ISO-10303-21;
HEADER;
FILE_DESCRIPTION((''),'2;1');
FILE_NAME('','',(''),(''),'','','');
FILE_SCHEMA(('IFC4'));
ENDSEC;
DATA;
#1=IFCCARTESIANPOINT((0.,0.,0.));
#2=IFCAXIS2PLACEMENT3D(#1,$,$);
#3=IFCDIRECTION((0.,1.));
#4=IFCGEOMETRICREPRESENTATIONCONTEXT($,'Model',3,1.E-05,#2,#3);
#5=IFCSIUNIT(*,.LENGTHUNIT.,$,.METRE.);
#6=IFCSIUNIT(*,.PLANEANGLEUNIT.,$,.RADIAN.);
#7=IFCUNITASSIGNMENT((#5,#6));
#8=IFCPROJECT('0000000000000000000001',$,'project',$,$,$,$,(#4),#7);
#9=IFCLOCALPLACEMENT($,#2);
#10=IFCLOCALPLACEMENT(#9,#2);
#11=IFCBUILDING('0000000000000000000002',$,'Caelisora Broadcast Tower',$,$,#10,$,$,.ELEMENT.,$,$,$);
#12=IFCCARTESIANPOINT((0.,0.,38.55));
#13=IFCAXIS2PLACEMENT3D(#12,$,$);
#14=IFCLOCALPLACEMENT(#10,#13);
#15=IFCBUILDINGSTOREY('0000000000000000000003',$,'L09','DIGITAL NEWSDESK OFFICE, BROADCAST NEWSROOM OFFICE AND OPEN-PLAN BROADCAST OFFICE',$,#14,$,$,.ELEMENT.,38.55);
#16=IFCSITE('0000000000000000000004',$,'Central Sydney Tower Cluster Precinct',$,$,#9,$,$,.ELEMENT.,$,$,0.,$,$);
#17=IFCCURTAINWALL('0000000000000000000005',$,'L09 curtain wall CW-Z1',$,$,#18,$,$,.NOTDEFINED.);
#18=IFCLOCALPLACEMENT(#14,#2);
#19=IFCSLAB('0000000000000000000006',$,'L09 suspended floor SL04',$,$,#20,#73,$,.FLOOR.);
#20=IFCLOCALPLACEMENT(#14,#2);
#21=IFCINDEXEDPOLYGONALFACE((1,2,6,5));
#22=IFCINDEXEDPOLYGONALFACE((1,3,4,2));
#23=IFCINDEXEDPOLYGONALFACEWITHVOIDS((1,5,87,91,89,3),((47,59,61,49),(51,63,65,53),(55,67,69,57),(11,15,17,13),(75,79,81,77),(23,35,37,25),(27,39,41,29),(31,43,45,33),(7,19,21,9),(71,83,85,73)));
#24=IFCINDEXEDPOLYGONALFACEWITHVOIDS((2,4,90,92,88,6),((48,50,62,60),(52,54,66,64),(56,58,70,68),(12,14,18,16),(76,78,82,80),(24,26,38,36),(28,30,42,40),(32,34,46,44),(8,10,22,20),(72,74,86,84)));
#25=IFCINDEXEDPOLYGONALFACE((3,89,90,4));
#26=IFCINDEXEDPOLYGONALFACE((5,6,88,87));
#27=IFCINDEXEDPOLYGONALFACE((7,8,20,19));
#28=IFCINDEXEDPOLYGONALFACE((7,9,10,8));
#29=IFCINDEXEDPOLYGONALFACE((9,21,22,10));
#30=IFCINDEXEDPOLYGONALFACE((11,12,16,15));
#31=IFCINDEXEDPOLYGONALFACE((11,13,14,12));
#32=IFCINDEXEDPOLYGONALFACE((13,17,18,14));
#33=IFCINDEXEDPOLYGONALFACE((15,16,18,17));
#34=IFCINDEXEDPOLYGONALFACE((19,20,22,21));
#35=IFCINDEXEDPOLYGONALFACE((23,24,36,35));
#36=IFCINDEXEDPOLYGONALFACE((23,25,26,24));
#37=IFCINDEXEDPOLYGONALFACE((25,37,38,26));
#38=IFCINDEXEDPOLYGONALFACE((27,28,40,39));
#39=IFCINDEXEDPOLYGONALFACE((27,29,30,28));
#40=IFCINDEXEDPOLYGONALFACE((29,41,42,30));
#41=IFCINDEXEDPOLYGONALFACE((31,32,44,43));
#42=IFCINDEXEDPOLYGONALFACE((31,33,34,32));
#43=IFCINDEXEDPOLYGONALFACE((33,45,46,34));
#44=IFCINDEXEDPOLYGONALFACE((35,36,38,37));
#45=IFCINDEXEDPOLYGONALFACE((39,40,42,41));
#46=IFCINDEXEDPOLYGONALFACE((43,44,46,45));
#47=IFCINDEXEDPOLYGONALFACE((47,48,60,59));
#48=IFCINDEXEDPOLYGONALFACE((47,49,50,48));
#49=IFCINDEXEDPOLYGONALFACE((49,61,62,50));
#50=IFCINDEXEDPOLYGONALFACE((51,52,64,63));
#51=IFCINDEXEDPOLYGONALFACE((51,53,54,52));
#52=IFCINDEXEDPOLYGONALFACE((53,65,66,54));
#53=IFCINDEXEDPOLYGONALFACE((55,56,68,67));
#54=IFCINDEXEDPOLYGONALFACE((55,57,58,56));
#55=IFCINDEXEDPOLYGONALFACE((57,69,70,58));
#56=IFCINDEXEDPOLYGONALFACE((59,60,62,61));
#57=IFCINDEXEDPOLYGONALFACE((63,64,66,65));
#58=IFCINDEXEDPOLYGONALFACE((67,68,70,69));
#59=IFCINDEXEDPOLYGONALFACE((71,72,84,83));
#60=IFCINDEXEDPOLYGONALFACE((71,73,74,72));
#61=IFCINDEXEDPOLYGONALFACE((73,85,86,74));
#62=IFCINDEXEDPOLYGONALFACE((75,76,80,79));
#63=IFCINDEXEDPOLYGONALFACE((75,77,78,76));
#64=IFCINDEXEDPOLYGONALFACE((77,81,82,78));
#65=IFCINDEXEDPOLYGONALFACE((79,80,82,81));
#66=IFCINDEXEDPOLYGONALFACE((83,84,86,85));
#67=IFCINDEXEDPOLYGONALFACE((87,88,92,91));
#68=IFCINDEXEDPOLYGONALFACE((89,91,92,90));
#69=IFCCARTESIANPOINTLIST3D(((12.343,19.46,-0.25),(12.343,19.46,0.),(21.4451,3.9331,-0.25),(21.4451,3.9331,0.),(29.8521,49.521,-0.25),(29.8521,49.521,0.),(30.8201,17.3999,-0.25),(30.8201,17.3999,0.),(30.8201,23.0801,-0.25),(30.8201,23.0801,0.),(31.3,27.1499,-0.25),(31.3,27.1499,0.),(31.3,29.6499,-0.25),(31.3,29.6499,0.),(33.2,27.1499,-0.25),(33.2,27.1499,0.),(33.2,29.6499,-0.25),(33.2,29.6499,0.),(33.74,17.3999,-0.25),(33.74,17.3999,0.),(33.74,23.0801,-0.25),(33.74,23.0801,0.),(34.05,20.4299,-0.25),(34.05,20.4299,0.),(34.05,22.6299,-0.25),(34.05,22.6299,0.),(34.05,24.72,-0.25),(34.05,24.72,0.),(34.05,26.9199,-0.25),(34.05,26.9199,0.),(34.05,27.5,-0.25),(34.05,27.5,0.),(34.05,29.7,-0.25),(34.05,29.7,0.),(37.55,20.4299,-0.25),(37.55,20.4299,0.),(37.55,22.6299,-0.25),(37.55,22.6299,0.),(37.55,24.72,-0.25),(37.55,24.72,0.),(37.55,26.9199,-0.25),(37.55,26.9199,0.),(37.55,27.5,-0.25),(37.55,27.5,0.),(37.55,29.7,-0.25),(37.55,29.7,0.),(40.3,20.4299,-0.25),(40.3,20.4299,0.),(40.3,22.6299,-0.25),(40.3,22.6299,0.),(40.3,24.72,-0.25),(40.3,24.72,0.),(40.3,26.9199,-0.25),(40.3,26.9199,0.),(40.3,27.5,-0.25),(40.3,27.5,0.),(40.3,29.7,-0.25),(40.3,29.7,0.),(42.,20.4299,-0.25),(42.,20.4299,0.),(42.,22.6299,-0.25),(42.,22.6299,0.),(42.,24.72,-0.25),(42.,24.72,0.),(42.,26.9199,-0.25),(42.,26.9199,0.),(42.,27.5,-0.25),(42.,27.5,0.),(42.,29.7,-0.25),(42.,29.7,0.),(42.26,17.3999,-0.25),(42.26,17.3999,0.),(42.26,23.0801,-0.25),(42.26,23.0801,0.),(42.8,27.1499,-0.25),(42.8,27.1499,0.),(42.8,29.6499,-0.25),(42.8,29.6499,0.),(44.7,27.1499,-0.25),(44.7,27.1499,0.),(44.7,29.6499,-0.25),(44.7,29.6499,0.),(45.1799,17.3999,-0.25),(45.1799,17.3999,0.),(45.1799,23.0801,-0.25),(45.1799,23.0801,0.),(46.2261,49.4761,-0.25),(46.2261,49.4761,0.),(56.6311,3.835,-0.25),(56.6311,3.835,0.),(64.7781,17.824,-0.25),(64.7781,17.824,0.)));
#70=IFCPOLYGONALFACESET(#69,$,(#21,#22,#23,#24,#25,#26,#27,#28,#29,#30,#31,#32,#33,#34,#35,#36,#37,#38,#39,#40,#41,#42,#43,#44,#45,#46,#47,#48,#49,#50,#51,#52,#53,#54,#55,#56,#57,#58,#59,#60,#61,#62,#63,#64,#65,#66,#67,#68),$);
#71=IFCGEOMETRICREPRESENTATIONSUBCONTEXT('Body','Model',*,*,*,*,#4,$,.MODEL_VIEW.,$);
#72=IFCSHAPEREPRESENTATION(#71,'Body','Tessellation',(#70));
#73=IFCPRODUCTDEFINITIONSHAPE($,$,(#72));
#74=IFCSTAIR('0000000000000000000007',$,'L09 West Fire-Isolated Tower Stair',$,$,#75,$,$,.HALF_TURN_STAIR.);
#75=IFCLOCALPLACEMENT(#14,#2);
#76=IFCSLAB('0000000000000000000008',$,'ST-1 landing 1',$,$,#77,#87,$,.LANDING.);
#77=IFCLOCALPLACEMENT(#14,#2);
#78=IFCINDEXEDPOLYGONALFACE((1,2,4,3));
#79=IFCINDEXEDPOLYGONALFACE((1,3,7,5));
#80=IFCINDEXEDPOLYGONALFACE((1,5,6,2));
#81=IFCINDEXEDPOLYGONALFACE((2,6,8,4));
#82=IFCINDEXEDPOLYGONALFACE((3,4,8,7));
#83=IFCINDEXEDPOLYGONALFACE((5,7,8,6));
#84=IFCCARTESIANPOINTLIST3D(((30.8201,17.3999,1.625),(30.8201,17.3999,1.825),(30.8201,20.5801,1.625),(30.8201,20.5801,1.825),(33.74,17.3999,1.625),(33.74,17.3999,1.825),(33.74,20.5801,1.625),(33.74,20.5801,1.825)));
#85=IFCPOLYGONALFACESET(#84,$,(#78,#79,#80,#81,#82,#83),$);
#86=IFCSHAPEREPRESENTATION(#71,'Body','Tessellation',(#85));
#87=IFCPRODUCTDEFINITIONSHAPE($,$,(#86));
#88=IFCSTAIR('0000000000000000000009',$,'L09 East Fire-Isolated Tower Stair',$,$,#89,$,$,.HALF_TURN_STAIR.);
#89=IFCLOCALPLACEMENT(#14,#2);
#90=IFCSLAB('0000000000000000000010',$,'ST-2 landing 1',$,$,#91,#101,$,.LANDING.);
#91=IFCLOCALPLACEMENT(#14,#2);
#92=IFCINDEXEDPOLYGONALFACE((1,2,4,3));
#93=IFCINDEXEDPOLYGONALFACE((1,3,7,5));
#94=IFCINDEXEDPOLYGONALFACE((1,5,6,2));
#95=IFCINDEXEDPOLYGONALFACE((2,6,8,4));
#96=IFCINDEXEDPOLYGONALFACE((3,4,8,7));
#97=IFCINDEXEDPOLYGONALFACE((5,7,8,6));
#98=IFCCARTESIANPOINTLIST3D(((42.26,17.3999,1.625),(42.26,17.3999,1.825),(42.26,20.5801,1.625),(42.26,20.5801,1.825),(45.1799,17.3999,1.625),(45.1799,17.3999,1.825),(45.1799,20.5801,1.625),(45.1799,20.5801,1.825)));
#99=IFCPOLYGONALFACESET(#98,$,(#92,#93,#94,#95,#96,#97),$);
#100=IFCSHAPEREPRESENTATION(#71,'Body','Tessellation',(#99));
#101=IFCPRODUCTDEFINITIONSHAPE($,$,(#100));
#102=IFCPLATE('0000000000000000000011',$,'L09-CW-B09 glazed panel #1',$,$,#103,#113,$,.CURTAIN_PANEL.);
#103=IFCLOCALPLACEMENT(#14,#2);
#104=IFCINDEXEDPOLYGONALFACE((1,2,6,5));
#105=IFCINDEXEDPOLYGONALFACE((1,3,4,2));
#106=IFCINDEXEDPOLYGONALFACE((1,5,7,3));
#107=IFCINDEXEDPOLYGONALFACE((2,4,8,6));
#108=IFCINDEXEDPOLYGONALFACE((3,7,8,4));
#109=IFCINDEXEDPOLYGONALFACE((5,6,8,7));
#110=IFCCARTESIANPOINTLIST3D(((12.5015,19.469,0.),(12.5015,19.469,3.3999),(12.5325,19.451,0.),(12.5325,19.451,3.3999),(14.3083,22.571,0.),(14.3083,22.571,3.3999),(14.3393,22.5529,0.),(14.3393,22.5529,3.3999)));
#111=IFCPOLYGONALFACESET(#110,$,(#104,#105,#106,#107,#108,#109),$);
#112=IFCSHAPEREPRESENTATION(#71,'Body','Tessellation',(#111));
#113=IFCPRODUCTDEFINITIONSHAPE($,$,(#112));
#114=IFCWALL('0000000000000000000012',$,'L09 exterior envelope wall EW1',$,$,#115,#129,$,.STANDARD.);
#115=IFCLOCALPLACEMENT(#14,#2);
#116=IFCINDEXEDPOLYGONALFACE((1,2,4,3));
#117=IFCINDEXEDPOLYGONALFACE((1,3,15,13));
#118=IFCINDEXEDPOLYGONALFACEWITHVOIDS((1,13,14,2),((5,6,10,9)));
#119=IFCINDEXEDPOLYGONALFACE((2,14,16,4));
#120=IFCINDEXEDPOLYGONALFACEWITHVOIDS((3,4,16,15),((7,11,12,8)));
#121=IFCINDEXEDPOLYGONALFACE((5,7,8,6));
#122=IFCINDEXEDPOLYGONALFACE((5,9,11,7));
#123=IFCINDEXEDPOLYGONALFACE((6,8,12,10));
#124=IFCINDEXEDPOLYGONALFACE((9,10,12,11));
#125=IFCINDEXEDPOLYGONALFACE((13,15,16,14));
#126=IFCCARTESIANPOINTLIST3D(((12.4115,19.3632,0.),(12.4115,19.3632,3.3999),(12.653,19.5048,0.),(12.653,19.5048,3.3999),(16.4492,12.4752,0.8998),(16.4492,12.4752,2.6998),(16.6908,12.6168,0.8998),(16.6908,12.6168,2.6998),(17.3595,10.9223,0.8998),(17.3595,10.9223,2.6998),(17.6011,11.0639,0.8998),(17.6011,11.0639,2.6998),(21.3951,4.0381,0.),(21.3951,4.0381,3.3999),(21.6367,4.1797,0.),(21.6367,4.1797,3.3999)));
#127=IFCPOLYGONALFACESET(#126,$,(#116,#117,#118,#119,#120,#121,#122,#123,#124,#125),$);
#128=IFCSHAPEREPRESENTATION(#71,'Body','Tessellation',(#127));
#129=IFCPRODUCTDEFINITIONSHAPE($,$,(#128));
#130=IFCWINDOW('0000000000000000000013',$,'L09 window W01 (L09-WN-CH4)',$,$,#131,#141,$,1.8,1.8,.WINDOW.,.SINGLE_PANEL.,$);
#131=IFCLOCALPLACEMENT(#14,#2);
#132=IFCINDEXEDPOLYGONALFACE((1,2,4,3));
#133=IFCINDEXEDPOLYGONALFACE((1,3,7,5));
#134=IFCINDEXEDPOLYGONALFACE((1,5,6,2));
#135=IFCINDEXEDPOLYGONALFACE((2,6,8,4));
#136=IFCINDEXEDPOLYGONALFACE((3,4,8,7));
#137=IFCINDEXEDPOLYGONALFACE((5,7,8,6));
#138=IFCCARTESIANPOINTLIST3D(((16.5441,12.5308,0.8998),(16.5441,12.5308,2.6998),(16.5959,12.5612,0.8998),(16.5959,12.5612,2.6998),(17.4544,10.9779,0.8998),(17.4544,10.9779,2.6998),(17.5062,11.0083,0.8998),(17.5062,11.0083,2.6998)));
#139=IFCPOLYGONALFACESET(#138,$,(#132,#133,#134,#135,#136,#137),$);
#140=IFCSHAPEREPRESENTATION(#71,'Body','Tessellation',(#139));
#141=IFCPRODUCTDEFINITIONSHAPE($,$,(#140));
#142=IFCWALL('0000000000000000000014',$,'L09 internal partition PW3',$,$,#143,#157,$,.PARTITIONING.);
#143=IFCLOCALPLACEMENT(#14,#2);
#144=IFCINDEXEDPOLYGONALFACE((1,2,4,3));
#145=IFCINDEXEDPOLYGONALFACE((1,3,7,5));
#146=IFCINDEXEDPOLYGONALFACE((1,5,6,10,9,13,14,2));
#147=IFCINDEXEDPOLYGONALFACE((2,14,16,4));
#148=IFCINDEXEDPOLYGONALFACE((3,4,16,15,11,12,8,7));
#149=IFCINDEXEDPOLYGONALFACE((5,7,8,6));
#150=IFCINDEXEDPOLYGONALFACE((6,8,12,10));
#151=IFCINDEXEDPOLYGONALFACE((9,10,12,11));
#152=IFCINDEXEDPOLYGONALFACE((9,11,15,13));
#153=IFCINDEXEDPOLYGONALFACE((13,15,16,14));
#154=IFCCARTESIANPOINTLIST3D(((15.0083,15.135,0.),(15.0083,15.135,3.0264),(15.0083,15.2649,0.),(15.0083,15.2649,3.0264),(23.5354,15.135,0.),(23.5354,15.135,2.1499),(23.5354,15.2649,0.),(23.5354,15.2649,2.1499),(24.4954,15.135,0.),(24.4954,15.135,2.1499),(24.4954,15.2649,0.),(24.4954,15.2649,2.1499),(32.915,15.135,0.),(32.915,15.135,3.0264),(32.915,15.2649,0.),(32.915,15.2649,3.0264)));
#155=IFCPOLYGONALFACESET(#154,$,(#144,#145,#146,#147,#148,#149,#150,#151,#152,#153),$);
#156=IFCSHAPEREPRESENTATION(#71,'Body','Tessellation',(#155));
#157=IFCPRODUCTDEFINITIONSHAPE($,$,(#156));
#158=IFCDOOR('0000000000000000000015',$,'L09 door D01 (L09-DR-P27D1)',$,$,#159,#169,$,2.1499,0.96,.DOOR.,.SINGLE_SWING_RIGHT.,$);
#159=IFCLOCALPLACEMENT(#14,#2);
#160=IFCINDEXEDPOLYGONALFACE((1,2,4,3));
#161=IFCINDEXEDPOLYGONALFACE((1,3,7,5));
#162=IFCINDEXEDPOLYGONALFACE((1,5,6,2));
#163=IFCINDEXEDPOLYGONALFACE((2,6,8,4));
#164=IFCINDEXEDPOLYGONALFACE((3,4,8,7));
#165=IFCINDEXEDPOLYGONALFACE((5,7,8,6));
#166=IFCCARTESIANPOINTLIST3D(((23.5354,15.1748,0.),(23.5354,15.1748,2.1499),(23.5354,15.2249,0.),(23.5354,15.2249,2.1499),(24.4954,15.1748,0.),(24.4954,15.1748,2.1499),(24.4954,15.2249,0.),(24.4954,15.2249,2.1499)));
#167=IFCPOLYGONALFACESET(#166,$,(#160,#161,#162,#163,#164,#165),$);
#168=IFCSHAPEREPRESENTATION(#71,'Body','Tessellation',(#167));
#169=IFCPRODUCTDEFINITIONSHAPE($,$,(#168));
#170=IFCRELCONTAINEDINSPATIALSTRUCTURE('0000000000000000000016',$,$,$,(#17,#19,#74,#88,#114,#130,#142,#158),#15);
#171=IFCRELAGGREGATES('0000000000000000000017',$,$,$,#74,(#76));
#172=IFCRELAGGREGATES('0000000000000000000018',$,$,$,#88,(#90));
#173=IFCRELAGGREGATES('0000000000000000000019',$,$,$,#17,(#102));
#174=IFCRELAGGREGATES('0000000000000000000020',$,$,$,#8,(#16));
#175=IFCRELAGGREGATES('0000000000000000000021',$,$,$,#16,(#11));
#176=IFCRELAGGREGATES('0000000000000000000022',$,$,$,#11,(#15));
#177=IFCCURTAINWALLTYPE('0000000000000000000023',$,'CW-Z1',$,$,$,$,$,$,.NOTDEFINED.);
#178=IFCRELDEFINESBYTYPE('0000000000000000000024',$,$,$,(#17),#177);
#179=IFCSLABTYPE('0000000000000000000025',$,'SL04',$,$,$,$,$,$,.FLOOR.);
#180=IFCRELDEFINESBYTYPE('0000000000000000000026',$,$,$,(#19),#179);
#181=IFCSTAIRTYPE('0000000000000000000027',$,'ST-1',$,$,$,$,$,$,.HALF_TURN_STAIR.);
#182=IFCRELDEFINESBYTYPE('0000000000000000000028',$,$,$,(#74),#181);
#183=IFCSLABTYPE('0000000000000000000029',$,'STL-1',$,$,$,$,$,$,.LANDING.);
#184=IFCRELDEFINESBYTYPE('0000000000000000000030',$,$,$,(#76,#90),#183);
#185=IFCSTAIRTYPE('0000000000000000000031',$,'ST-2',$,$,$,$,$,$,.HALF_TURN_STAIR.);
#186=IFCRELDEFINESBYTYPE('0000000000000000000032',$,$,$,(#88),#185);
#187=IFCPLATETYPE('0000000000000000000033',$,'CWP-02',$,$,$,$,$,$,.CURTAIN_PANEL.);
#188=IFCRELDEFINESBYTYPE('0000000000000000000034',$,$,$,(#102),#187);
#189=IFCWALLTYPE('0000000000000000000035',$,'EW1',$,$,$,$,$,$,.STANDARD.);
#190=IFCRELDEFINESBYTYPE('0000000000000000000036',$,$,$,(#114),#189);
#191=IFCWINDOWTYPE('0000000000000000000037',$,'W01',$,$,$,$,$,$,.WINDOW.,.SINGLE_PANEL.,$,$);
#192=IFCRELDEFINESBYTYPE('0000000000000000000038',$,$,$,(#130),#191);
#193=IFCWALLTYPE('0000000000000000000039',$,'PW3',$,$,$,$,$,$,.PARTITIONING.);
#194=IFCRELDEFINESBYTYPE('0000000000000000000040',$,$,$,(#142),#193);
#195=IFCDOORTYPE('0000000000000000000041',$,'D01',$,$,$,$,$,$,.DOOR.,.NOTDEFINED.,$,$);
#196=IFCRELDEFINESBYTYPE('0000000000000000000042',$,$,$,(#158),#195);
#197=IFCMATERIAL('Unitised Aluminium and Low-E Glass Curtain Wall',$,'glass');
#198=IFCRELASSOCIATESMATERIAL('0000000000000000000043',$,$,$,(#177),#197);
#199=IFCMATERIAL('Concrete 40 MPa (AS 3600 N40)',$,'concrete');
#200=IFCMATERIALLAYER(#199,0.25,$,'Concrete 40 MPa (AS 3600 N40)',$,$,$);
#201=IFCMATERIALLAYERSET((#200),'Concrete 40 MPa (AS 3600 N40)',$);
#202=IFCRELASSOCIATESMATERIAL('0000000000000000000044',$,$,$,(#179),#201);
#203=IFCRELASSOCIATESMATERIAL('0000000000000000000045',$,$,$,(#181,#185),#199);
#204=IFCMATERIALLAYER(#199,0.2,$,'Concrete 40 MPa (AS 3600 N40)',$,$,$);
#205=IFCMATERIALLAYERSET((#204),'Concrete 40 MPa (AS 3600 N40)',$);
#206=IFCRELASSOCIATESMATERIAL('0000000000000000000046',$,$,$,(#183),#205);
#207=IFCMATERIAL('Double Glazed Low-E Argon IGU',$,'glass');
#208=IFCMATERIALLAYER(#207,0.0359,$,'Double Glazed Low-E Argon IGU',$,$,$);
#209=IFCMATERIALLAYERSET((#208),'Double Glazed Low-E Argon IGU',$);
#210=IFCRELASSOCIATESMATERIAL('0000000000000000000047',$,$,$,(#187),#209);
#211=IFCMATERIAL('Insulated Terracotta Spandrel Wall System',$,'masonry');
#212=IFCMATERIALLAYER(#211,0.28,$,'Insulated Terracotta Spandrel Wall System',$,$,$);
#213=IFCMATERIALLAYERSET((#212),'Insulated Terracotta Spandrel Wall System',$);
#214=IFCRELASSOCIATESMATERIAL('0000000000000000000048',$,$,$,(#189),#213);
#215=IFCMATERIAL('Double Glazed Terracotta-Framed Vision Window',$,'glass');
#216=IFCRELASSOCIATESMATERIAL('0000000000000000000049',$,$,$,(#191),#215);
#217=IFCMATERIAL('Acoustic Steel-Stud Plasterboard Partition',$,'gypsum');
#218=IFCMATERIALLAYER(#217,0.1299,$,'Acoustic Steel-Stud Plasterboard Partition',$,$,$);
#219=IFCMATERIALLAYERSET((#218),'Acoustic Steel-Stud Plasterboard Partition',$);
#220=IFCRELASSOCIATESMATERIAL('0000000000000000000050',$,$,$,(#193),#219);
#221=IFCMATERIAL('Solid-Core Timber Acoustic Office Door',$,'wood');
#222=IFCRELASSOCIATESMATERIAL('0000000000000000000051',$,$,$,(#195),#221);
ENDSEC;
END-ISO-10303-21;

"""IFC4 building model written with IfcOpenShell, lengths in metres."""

from ifc_helpers import new_model, si_unit, direction, frame, frame_2d, origin, origin_2d, place, context, subcontext, project, spatial, polyline, rectangle, outline, extrude, source, transform, mapped, material, layer, layer_set, type_object, type_shapes, element, fill, aggregate, save


model = new_model("IFC4")

# Units and contexts
model_context = context("Model", 3, precision=1e-05, world=origin(), true_north=direction((0.0, 1.0)))
body_context = subcontext(model_context, "Body", "Model", "MODEL_VIEW")
ifc_project = project(units=[si_unit("LENGTHUNIT", "METRE"), si_unit("PLANEANGLEUNIT", "RADIAN")], contexts=[model_context])

# Site, building, storey
site_placement = place(None, origin())
site = spatial("IfcSite", under=ifc_project, at=site_placement, Name="Central Sydney Tower Cluster Precinct", CompositionType="ELEMENT", RefElevation=0.0)
building_placement = place(site_placement, origin())
building = spatial("IfcBuilding", under=site, at=building_placement, Name="Caelisora Broadcast Tower", CompositionType="ELEMENT")
storey_placement = place(building_placement, frame((0.0, 0.0, 38.55)))
storey = spatial("IfcBuildingStorey", under=building, at=storey_placement, Name="L09", Description="DIGITAL NEWSDESK OFFICE, BROADCAST NEWSROOM OFFICE AND OPEN-PLAN BROADCAST OFFICE", CompositionType="ELEMENT", Elevation=38.55)

# Curtain wall
ifc_material_1 = material(Name="Unitised Aluminium and Low-E Glass Curtain Wall", Category="glass")
curtain_wall_type = type_object("IfcCurtainWallType", Name="CW-Z1", PredefinedType="NOTDEFINED", material=ifc_material_1)
curtain_wall_placement = place(storey_placement, origin())
curtain_wall = element("IfcCurtainWall", 1, at=curtain_wall_placement, inside=storey, type_object=curtain_wall_type, Name="L09 curtain wall CW-Z1", PredefinedType="NOTDEFINED")

# Slab
ifc_material_2 = material(Name="Concrete 40 MPa (AS 3600 N40)", Category="concrete")
ifc_layer_1 = layer(ifc_material_2, 0.25, Name="Concrete 40 MPa (AS 3600 N40)")
ifc_layer_set_1 = layer_set([ifc_layer_1], Name="Concrete 40 MPa (AS 3600 N40)")
slab_type_1 = type_object("IfcSlabType", Name="SL04", PredefinedType="FLOOR", material=ifc_layer_set_1)
slab_1_placement = place(storey_placement, frame((0.0, 0.0, -0.25)))
element("IfcSlab", 2, at=slab_1_placement, inside=storey, type_object=slab_type_1, Name="L09 suspended floor SL04", PredefinedType="FLOOR", context=body_context, shape_type="SweptSolid", body=[
    extrude(outline(polyline([(46.2261, 49.4761), (29.8521, 49.521), (12.343, 19.46), (21.4451, 3.9331), (56.6311, 3.835), (64.7781, 17.824), (46.2261, 49.4761)]), holes=[polyline([(30.8201, 17.3999), (33.74, 17.3999), (33.74, 23.0801), (30.8201, 23.0801), (30.8201, 17.3999)]), polyline([(42.26, 17.3999), (45.1799, 17.3999), (45.1799, 23.0801), (42.26, 23.0801), (42.26, 17.3999)]), polyline([(42.8, 27.1499), (44.7, 27.1499), (44.7, 29.6499), (42.8, 29.6499), (42.8, 27.1499)]), polyline([(40.3, 20.4299), (42.0, 20.4299), (42.0, 22.6299), (40.3, 22.6299), (40.3, 20.4299)]), polyline([(40.3, 24.72), (42.0, 24.72), (42.0, 26.9199), (40.3, 26.9199), (40.3, 24.72)]), polyline([(40.3, 27.5), (42.0, 27.5), (42.0, 29.7), (40.3, 29.7), (40.3, 27.5)]), polyline([(34.05, 20.4299), (37.55, 20.4299), (37.55, 22.6299), (34.05, 22.6299), (34.05, 20.4299)]), polyline([(34.05, 24.72), (37.55, 24.72), (37.55, 26.9199), (34.05, 26.9199), (34.05, 24.72)]), polyline([(34.05, 27.5), (37.55, 27.5), (37.55, 29.7), (34.05, 29.7), (34.05, 27.5)]), polyline([(31.3, 27.1499), (33.2, 27.1499), (33.2, 29.6499), (31.3, 29.6499), (31.3, 27.1499)])]), origin(), (0.0, 0.0, 1.0), 0.25),
])

# Stairs, slabs
stair_type_1 = type_object("IfcStairType", Name="ST-1", PredefinedType="HALF_TURN_STAIR", material=ifc_material_2)
stair_1_placement = place(storey_placement, origin())
stair_1 = element("IfcStair", 3, at=stair_1_placement, inside=storey, type_object=stair_type_1, Name="L09 West Fire-Isolated Tower Stair", PredefinedType="HALF_TURN_STAIR")
ifc_layer_2 = layer(ifc_material_2, 0.2, Name="Concrete 40 MPa (AS 3600 N40)")
ifc_layer_set_2 = layer_set([ifc_layer_2], Name="Concrete 40 MPa (AS 3600 N40)")
slab_type_2 = type_object("IfcSlabType", Name="STL-1", PredefinedType="LANDING", material=ifc_layer_set_2)
slab_2_placement = place(storey_placement, frame((0.0, 0.0, 1.625)))
slab_2 = element("IfcSlab", 4, at=slab_2_placement, type_object=slab_type_2, Name="ST-1 landing 1", PredefinedType="LANDING", context=body_context, shape_type="SweptSolid", body=[
    extrude(outline(polyline([(30.8201, 20.5801), (30.8201, 17.3999), (33.74, 17.3999), (33.74, 20.5801), (30.8201, 20.5801)])), origin(), (0.0, 0.0, 1.0), 0.2),
])
aggregate(stair_1, [slab_2])
stair_type_2 = type_object("IfcStairType", Name="ST-2", PredefinedType="HALF_TURN_STAIR", material=ifc_material_2)
stair_2_placement = place(storey_placement, origin())
stair_2 = element("IfcStair", 5, at=stair_2_placement, inside=storey, type_object=stair_type_2, Name="L09 East Fire-Isolated Tower Stair", PredefinedType="HALF_TURN_STAIR")
slab_3_placement = place(storey_placement, frame((0.0, 0.0, 1.625)))
slab_3 = element("IfcSlab", 6, at=slab_3_placement, type_object=slab_type_2, Name="ST-2 landing 1", PredefinedType="LANDING", context=body_context, shape_type="SweptSolid", body=[
    extrude(outline(polyline([(42.26, 20.5801), (42.26, 17.3999), (45.1799, 17.3999), (45.1799, 20.5801), (42.26, 20.5801)])), origin(), (0.0, 0.0, 1.0), 0.2),
])
aggregate(stair_2, [slab_3])

# Plate
ifc_material_3 = material(Name="Double Glazed Low-E Argon IGU", Category="glass")
ifc_layer_3 = layer(ifc_material_3, 0.0359, Name="Double Glazed Low-E Argon IGU")
ifc_layer_set_3 = layer_set([ifc_layer_3], Name="Double Glazed Low-E Argon IGU")
plate_type = type_object("IfcPlateType", Name="CWP-02", PredefinedType="CURTAIN_PANEL", material=ifc_layer_set_3)
shared_shape_1 = source(origin(), body_context, "Body", "SweptSolid", [
    extrude(rectangle(XDim=3.5898, YDim=0.0359, at=origin_2d()), origin(), (0.0, 0.0, 1.0), 3.3999),
])
type_shapes(plate_type, [shared_shape_1])
plate_placement = place(storey_placement, frame((13.4204, 21.011, 0.0), z_axis=(0.0, 0.0, 1.0), x_axis=(0.503322, 0.864099, 0.0)))
plate = element("IfcPlate", 7, at=plate_placement, type_object=plate_type, Name="L09-CW-B09 glazed panel #1", PredefinedType="CURTAIN_PANEL", context=body_context, shape_type="MappedRepresentation", body=[
    mapped(shared_shape_1, transform((0.0, 0.0, 0.0), scale=1.0)),
])
aggregate(curtain_wall, [plate])

# Wall, opening, window
ifc_material_4 = material(Name="Insulated Terracotta Spandrel Wall System", Category="masonry")
ifc_layer_4 = layer(ifc_material_4, 0.28, Name="Insulated Terracotta Spandrel Wall System")
ifc_layer_set_4 = layer_set([ifc_layer_4], Name="Insulated Terracotta Spandrel Wall System")
wall_type_1 = type_object("IfcWallType", Name="EW1", PredefinedType="STANDARD", material=ifc_layer_set_4)
wall_1_placement = place(storey_placement, frame((21.5159, 4.1089, 0.0), z_axis=(0.0, 0.0, 1.0), x_axis=(-0.505716, 0.8627, 0.0)))
wall_1 = element("IfcWall", 8, at=wall_1_placement, inside=storey, type_object=wall_type_1, Name="L09 exterior envelope wall EW1", PredefinedType="STANDARD", context=body_context, shape_type="SweptSolid", body=[
    extrude(rectangle(XDim=17.7642, YDim=0.28, at=frame_2d((8.8821, 0.0))), origin(), (0.0, 0.0, 1.0), 3.3999),
])
opening_1_placement = place(wall_1_placement, frame((7.98, 0.0, 0.8999)))
opening_1 = element("IfcOpeningElement", 9, at=opening_1_placement, cuts=wall_1, PredefinedType="OPENING", context=body_context, shape_type="SweptSolid", body=[
    extrude(rectangle(XDim=1.8, YDim=1.8, at=frame_2d((0.8999, 0.8999))), frame((0.0, 0.1521, 0.0), z_axis=(0.0, -1.0, 0.0), x_axis=(1.0, 0.0, 0.0)), (0.0, 0.0, 1.0), 0.304),
])
ifc_material_5 = material(Name="Double Glazed Terracotta-Framed Vision Window", Category="glass")
window_type = type_object("IfcWindowType", Name="W01", PartitioningType="SINGLE_PANEL", PredefinedType="WINDOW", material=ifc_material_5)
window_placement = place(opening_1_placement, origin())
window = element("IfcWindow", 10, at=window_placement, inside=storey, type_object=window_type, Name="L09 window W01 (L09-WN-CH4)", OverallHeight=1.8, OverallWidth=1.8, PartitioningType="SINGLE_PANEL", PredefinedType="WINDOW", context=body_context, shape_type="SweptSolid", body=[
    extrude(rectangle(XDim=1.8, YDim=1.8, at=frame_2d((0.8999, 0.8999))), frame((0.0, 0.03, 0.0), z_axis=(0.0, -1.0, 0.0), x_axis=(1.0, 0.0, 0.0)), (0.0, 0.0, 1.0), 0.0601),
])
fill(opening_1, window)

# Wall, opening, door
ifc_material_6 = material(Name="Acoustic Steel-Stud Plasterboard Partition", Category="gypsum")
ifc_layer_5 = layer(ifc_material_6, 0.1299, Name="Acoustic Steel-Stud Plasterboard Partition")
ifc_layer_set_5 = layer_set([ifc_layer_5], Name="Acoustic Steel-Stud Plasterboard Partition")
wall_type_2 = type_object("IfcWallType", Name="PW3", PredefinedType="PARTITIONING", material=ifc_layer_set_5)
wall_2_placement = place(storey_placement, frame((15.0083, 15.2, 0.0), z_axis=(0.0, 0.0, 1.0), x_axis=(1.0, 0.0, 0.0)))
wall_2 = element("IfcWall", 11, at=wall_2_placement, inside=storey, type_object=wall_type_2, Name="L09 internal partition PW3", PredefinedType="PARTITIONING", context=body_context, shape_type="SweptSolid", body=[
    extrude(rectangle(XDim=17.9067, YDim=0.1299, at=frame_2d((8.9534, 0.0))), origin(), (0.0, 0.0, 1.0), 3.0264),
])
opening_2_placement = place(wall_2_placement, frame((8.5271, 0.0, 0.0)))
opening_2 = element("IfcOpeningElement", 12, at=opening_2_placement, cuts=wall_2, PredefinedType="OPENING", context=body_context, shape_type="SweptSolid", body=[
    extrude(rectangle(XDim=0.96, YDim=2.1499, at=frame_2d((0.48, 1.075))), frame((0.0, 0.0769, 0.0), z_axis=(0.0, -1.0, 0.0), x_axis=(1.0, 0.0, 0.0)), (0.0, 0.0, 1.0), 0.1538),
])
ifc_material_7 = material(Name="Solid-Core Timber Acoustic Office Door", Category="wood")
door_type = type_object("IfcDoorType", Name="D01", OperationType="NOTDEFINED", PredefinedType="DOOR", material=ifc_material_7)
door_1_placement = place(opening_2_placement, origin())
door_1 = element("IfcDoor", 13, at=door_1_placement, inside=storey, type_object=door_type, Name="L09 door D01 (L09-DR-P27D1)", OperationType="SINGLE_SWING_RIGHT", OverallHeight=2.1499, OverallWidth=0.96, PredefinedType="DOOR", context=body_context, shape_type="SweptSolid", body=[
    extrude(rectangle(XDim=0.96, YDim=2.1499, at=frame_2d((0.48, 1.075))), frame((0.0, 0.0249, 0.0), z_axis=(0.0, -1.0, 0.0), x_axis=(1.0, 0.0, 0.0)), (0.0, 0.0, 1.0), 0.05),
])
fill(opening_2, door_1)

save(model, "model.ifc")
